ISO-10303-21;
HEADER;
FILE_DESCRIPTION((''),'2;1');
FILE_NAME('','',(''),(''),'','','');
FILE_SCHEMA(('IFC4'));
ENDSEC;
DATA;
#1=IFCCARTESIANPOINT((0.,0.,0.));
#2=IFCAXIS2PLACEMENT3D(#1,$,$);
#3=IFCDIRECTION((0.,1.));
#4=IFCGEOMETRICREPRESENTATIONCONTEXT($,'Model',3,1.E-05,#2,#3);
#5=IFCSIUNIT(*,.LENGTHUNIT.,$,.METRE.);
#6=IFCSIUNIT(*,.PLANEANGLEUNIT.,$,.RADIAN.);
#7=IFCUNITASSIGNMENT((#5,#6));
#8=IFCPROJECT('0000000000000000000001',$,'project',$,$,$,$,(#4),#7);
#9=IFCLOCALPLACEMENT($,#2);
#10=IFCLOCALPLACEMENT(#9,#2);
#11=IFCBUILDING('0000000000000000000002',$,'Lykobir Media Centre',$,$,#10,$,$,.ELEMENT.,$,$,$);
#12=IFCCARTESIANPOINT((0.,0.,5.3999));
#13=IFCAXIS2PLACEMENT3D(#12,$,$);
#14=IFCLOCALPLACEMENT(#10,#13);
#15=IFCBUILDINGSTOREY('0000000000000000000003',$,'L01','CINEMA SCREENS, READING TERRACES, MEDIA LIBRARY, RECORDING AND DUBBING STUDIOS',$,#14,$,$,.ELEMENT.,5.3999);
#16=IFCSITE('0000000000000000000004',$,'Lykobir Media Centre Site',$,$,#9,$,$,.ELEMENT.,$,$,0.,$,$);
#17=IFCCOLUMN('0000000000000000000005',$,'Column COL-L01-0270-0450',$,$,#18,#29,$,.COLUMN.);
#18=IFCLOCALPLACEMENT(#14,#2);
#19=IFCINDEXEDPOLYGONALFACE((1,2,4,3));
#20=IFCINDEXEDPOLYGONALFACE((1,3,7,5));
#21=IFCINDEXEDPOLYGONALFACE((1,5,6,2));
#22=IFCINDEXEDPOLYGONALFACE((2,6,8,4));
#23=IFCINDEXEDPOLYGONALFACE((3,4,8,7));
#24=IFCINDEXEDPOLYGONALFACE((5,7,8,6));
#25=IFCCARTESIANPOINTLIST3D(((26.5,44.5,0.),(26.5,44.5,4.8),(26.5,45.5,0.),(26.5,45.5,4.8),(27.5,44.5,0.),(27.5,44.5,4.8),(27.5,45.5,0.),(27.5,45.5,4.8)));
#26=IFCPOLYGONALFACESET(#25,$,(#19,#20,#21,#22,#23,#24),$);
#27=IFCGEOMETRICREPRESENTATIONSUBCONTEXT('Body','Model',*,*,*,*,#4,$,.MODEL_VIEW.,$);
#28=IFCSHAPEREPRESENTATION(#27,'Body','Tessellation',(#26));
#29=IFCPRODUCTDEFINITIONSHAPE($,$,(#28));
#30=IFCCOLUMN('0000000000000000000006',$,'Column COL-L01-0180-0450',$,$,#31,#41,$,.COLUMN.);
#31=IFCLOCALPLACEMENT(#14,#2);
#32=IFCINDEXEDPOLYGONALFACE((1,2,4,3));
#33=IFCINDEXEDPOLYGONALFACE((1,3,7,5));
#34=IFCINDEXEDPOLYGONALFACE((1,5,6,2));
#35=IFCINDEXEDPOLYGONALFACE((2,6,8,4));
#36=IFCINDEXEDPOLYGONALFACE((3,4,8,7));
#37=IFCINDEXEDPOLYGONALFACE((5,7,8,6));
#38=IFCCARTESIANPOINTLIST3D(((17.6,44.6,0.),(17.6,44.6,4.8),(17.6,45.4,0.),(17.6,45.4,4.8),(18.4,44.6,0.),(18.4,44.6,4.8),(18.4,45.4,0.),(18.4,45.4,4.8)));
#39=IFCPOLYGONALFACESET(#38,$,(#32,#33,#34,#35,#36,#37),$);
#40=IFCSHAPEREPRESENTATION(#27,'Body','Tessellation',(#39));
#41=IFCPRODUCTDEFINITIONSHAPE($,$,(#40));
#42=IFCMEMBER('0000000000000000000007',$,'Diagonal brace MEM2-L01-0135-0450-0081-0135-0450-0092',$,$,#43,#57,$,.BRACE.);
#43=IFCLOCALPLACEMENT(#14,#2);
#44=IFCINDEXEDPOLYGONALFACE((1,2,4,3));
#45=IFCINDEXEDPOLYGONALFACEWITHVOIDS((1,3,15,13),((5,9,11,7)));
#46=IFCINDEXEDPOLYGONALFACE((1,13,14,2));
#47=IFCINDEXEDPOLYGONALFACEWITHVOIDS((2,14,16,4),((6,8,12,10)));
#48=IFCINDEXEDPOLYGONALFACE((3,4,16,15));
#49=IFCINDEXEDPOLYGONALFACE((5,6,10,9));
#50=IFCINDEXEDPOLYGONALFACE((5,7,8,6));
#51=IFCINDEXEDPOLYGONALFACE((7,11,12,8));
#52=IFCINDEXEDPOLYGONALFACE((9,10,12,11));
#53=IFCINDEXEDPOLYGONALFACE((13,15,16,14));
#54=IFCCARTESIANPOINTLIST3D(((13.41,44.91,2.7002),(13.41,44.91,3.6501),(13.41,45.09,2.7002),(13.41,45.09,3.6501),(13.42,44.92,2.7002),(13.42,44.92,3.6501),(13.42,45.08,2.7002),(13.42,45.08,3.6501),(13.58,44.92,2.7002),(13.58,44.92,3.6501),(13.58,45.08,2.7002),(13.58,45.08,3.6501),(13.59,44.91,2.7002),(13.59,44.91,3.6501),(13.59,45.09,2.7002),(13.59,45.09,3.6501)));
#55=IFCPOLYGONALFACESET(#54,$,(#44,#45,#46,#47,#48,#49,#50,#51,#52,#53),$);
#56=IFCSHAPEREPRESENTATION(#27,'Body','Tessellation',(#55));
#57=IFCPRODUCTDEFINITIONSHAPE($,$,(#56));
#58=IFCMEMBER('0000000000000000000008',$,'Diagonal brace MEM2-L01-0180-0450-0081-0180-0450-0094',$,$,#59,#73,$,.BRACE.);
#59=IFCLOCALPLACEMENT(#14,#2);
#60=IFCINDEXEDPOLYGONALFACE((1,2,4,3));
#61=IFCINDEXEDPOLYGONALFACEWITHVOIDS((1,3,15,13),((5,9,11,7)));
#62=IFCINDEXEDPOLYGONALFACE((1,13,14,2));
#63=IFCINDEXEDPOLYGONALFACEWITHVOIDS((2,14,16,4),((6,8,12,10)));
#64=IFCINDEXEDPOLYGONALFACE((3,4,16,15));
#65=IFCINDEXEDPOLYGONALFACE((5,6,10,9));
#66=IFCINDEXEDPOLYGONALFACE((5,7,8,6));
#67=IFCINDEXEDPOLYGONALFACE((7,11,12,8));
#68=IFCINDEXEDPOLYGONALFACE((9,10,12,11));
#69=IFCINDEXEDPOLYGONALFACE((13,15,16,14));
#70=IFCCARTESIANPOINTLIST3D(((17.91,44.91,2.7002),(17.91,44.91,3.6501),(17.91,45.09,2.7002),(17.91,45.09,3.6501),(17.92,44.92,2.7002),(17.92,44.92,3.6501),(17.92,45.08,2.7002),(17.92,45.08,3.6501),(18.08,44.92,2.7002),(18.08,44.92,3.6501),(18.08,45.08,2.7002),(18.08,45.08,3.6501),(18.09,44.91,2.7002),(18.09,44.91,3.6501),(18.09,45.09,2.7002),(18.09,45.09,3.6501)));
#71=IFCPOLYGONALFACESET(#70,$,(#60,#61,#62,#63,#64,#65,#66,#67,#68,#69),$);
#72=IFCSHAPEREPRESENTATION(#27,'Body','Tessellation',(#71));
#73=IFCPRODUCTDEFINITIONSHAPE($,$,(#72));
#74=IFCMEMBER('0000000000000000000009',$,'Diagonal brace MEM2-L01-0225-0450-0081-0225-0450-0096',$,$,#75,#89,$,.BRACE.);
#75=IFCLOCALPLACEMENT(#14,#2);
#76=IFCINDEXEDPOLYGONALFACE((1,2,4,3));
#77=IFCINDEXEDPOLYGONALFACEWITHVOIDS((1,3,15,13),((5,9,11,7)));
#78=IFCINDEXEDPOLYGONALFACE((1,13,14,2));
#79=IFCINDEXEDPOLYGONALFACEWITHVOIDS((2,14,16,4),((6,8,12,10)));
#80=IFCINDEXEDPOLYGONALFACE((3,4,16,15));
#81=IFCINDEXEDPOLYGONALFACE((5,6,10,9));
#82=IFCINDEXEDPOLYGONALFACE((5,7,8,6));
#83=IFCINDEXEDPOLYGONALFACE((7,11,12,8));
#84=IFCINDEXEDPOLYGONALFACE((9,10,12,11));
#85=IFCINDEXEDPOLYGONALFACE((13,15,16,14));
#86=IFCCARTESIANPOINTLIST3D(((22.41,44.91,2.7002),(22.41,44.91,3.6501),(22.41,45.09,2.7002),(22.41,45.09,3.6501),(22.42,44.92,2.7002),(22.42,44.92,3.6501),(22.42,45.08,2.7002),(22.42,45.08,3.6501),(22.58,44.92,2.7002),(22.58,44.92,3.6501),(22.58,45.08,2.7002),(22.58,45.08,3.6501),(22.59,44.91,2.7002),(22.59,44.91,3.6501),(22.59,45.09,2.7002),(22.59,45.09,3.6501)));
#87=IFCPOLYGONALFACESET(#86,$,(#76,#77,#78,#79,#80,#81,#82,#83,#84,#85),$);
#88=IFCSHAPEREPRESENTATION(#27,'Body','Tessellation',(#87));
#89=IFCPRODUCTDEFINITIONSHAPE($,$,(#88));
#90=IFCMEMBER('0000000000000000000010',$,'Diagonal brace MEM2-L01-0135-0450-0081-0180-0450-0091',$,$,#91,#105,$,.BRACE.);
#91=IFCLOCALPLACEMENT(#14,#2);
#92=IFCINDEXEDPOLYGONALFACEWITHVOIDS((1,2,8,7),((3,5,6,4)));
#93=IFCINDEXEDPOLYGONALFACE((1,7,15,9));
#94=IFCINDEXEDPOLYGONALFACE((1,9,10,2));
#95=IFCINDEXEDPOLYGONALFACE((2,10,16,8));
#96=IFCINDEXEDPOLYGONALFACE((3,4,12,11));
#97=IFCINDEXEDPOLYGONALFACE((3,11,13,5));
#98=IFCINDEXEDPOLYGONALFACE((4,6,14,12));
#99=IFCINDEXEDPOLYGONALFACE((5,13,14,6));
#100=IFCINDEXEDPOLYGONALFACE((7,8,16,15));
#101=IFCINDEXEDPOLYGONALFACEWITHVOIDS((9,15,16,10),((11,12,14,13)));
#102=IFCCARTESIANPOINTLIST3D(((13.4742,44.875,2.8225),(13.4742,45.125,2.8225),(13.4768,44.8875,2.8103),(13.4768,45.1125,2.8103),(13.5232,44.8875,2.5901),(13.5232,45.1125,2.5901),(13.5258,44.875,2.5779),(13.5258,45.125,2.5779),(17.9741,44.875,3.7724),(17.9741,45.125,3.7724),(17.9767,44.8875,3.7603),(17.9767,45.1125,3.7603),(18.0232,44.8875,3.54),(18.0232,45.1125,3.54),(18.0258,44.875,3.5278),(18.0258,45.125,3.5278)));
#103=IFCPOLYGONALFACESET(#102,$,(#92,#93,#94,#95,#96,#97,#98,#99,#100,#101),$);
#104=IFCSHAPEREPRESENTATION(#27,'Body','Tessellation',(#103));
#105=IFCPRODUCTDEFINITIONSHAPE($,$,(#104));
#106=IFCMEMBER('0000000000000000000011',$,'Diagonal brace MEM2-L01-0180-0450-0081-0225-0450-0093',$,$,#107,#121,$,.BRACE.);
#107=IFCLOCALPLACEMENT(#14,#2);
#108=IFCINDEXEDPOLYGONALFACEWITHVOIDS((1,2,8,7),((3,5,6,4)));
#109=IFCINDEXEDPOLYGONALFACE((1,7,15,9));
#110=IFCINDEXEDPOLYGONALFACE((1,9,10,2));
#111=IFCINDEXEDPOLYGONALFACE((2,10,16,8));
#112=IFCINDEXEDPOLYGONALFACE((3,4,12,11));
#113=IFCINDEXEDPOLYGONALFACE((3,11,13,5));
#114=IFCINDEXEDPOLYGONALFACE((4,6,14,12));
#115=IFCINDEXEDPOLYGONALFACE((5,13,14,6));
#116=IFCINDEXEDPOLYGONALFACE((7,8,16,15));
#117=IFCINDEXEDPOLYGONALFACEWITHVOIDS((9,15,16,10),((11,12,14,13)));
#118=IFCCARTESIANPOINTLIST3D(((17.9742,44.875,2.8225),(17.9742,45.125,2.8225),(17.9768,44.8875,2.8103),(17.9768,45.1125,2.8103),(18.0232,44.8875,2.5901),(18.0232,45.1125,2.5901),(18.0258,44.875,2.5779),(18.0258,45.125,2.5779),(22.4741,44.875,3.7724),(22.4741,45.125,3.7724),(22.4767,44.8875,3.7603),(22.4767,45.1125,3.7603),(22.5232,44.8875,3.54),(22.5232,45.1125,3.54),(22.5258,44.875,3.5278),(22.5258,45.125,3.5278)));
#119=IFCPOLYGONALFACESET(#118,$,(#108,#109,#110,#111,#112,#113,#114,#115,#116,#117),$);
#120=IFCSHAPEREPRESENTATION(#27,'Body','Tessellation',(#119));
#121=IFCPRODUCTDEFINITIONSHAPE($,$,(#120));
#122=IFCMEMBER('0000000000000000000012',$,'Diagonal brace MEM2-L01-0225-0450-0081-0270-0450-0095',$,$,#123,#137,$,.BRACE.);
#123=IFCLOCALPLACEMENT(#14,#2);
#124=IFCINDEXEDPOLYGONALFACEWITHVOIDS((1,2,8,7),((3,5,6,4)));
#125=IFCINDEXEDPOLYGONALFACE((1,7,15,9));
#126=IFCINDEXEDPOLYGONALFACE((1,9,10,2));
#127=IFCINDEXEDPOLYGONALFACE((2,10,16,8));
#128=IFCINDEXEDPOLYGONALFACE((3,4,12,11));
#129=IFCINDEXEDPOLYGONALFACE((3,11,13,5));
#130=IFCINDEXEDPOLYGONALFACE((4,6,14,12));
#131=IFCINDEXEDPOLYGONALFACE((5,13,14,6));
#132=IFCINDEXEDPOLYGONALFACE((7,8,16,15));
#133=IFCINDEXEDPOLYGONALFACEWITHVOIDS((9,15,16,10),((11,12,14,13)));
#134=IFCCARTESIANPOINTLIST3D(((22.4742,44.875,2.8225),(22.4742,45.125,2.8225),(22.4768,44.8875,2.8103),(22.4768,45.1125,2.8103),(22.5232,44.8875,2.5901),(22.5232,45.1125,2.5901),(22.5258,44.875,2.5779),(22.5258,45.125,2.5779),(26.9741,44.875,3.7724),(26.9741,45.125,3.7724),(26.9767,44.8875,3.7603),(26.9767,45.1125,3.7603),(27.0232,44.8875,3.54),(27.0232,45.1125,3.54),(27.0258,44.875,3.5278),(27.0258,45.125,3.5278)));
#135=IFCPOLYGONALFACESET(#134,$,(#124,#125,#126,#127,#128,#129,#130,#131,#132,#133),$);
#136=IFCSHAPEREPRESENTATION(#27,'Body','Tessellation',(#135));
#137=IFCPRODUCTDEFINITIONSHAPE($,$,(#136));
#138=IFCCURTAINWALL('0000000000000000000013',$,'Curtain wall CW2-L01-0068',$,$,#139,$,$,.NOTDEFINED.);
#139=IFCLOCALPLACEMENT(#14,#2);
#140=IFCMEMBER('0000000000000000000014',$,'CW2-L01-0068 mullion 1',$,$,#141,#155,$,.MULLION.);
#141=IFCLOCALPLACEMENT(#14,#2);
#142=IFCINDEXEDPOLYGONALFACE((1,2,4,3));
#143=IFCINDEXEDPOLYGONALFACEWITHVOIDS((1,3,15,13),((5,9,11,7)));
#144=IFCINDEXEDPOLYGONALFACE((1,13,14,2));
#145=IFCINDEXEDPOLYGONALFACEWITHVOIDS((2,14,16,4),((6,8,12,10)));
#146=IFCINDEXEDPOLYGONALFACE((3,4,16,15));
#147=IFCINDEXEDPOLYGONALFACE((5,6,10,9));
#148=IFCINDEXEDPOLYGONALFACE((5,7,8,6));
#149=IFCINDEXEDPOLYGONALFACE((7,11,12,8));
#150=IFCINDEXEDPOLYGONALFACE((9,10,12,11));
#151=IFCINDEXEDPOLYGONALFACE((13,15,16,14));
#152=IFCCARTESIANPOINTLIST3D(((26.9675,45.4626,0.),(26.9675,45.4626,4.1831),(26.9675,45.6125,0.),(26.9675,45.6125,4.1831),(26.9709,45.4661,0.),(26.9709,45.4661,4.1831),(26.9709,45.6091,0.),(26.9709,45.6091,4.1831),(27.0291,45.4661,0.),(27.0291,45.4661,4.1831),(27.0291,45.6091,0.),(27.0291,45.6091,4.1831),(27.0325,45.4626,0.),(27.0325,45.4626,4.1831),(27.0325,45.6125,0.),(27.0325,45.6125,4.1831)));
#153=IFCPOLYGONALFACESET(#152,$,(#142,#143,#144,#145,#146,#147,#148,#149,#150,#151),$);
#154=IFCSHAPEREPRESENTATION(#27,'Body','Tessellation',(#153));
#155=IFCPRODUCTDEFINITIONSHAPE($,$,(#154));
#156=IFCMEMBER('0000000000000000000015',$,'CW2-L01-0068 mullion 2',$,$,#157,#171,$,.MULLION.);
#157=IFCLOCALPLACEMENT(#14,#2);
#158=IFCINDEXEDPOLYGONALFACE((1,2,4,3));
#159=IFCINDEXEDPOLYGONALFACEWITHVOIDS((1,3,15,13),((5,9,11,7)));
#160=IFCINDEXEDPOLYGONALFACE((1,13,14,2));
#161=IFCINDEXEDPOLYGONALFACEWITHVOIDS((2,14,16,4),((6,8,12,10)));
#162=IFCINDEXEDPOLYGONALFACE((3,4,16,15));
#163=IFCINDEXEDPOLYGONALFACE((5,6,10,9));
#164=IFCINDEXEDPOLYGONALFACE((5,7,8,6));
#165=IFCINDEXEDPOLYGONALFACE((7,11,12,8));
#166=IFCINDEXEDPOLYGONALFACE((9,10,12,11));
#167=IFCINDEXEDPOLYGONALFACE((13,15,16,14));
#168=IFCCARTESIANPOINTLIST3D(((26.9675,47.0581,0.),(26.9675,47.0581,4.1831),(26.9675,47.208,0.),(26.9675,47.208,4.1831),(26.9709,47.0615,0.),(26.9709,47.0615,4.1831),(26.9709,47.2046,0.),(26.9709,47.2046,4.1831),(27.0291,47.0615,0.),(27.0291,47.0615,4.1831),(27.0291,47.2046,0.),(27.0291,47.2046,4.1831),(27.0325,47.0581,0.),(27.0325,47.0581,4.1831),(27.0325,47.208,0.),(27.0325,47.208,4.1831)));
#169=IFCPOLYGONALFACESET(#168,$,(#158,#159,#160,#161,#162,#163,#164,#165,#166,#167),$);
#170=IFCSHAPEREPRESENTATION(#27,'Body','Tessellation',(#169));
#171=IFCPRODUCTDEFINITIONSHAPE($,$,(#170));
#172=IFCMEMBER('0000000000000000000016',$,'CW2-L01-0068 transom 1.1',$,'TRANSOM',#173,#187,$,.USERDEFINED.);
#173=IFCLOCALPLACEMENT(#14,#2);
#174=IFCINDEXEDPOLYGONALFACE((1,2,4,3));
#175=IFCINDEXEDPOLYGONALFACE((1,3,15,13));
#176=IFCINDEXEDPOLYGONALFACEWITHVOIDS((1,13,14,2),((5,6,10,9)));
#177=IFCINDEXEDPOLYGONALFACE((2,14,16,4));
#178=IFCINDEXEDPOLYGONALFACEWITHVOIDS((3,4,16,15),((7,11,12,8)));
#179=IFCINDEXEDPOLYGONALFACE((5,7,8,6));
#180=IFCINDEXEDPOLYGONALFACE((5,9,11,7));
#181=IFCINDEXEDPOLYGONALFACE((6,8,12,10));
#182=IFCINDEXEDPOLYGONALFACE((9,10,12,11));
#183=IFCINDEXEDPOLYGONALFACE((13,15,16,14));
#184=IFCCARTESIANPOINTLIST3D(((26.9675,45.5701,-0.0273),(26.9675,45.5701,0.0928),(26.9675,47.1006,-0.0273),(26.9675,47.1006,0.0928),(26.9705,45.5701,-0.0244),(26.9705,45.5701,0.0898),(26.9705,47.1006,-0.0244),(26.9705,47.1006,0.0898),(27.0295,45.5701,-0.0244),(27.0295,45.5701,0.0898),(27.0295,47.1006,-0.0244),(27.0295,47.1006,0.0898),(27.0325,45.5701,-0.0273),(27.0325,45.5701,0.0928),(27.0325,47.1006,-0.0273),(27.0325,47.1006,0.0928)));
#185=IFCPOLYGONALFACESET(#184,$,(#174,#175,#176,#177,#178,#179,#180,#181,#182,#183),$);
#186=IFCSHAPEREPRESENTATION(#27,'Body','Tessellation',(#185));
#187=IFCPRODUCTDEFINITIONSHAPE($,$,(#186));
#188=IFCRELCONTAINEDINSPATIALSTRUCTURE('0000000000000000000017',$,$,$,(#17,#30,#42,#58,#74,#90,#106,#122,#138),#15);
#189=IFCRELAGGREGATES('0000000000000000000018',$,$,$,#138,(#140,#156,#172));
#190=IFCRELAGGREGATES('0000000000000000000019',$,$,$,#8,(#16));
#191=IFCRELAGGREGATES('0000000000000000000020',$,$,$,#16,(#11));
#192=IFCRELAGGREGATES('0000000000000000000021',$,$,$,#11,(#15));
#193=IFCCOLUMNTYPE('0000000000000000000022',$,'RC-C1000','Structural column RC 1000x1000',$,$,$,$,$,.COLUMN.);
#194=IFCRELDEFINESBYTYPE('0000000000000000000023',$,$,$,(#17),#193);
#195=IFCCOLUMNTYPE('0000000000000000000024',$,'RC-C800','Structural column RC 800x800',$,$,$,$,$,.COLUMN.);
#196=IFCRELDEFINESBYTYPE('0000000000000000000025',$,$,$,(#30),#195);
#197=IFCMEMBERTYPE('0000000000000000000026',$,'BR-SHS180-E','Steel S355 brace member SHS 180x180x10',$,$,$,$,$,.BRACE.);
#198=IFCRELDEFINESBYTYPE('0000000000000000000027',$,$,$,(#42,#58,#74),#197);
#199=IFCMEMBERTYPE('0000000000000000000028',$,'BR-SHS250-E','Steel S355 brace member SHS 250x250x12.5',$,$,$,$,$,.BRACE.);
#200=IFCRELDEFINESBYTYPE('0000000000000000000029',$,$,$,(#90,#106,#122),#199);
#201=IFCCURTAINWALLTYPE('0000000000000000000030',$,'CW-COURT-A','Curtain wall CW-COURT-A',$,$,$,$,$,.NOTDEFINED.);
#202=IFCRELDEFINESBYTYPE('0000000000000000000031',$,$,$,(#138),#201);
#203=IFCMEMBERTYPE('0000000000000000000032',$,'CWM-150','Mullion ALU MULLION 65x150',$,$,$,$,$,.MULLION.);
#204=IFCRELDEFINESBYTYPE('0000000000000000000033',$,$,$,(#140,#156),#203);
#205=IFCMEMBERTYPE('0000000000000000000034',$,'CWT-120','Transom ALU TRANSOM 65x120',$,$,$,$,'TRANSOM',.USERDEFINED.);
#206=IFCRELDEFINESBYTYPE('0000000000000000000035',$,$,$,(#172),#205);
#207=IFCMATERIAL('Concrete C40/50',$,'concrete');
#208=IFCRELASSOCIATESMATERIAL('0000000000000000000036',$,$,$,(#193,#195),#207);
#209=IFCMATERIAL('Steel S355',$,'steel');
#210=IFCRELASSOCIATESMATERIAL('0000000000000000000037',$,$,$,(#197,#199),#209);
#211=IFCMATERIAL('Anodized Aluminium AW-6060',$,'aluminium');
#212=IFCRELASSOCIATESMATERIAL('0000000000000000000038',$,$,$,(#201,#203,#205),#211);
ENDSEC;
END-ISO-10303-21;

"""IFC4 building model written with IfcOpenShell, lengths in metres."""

from ifc_helpers import new_model, si_unit, direction, frame, origin, origin_2d, place, context, subcontext, project, spatial, rectangle, hollow_rectangle, extrude, material, material_profile, profile_set, type_object, element, aggregate, save


model = new_model("IFC4")

# Units and contexts
model_context = context("Model", 3, precision=1e-05, world=origin(), true_north=direction((0.0, 1.0)))
body_context = subcontext(model_context, "Body", "Model", "MODEL_VIEW")
ifc_project = project(units=[si_unit("LENGTHUNIT", "METRE"), si_unit("PLANEANGLEUNIT", "RADIAN")], contexts=[model_context])

# Site, building, storey
site_placement = place(None, origin())
site = spatial("IfcSite", under=ifc_project, at=site_placement, Name="Lykobir Media Centre Site", CompositionType="ELEMENT", RefElevation=0.0)
building_placement = place(site_placement, origin())
building = spatial("IfcBuilding", under=site, at=building_placement, Name="Lykobir Media Centre", CompositionType="ELEMENT")
storey_placement = place(building_placement, frame((0.0, 0.0, 5.3999)))
storey = spatial("IfcBuildingStorey", under=building, at=storey_placement, Name="L01", Description="CINEMA SCREENS, READING TERRACES, MEDIA LIBRARY, RECORDING AND DUBBING STUDIOS", CompositionType="ELEMENT", Elevation=5.3999)

# Columns
ifc_material_1 = material(Name="Concrete C40/50", Category="concrete")
ifc_material_profile_1 = material_profile(ifc_material_1, rectangle(XDim=1.0, YDim=1.0, at=origin_2d()), Name="RC 1000x1000")
ifc_profile_set_1 = profile_set([ifc_material_profile_1], Name="Concrete C40/50")
column_type_1 = type_object("IfcColumnType", Name="RC-C1000", Description="Structural column RC 1000x1000", PredefinedType="COLUMN", material=ifc_profile_set_1)
column_1_placement = place(storey_placement, frame((27.0, 45.0, 0.0), z_axis=(0.0, 0.0, 1.0), x_axis=(1.0, 0.0, 0.0)))
element("IfcColumn", 1, at=column_1_placement, inside=storey, type_object=column_type_1, Name="Column COL-L01-0270-0450", PredefinedType="COLUMN", context=body_context, shape_type="SweptSolid", body=[
    extrude(rectangle(XDim=1.0, YDim=1.0, at=origin_2d()), origin(), (0.0, 0.0, 1.0), 4.8),
])
ifc_material_profile_2 = material_profile(ifc_material_1, rectangle(XDim=0.8, YDim=0.8, at=origin_2d()), Name="RC 800x800")
ifc_profile_set_2 = profile_set([ifc_material_profile_2], Name="Concrete C40/50")
column_type_2 = type_object("IfcColumnType", Name="RC-C800", Description="Structural column RC 800x800", PredefinedType="COLUMN", material=ifc_profile_set_2)
column_2_placement = place(storey_placement, frame((18.0, 45.0, 0.0), z_axis=(0.0, 0.0, 1.0), x_axis=(1.0, 0.0, 0.0)))
element("IfcColumn", 2, at=column_2_placement, inside=storey, type_object=column_type_2, Name="Column COL-L01-0180-0450", PredefinedType="COLUMN", context=body_context, shape_type="SweptSolid", body=[
    extrude(rectangle(XDim=0.8, YDim=0.8, at=origin_2d()), origin(), (0.0, 0.0, 1.0), 4.8),
])

# Members
ifc_material_2 = material(Name="Steel S355", Category="steel")
ifc_material_profile_3 = material_profile(ifc_material_2, hollow_rectangle(XDim=0.1799, YDim=0.1799, WallThickness=0.01, at=origin_2d()), Name="SHS 180x180x10")
ifc_profile_set_3 = profile_set([ifc_material_profile_3], Name="Steel S355")
member_type_1 = type_object("IfcMemberType", Name="BR-SHS180-E", Description="Steel S355 brace member SHS 180x180x10", PredefinedType="BRACE", material=ifc_profile_set_3)
for number, where, z_axis, x_axis, name in (
    (3, (13.5, 45.0, 2.7002), (0.0, 0.0, 1.0), (1.0, 0.0, 0.0), "Diagonal brace MEM2-L01-0135-0450-0081-0135-0450-0092"),
    (4, (18.0, 45.0, 2.7002), (0.0, 0.0, 1.0), (1.0, 0.0, 0.0), "Diagonal brace MEM2-L01-0180-0450-0081-0180-0450-0094"),
    (5, (22.5, 45.0, 2.7002), (0.0, 0.0, 1.0), (1.0, 0.0, 0.0), "Diagonal brace MEM2-L01-0225-0450-0081-0225-0450-0096"),
):
    element("IfcMember", number, at=place(storey_placement, frame(where, z_axis=z_axis, x_axis=x_axis)), inside=storey, type_object=member_type_1, Name=name, PredefinedType="BRACE", context=body_context, shape_type="SweptSolid", body=[
        extrude(hollow_rectangle(XDim=0.1799, YDim=0.1799, WallThickness=0.01, at=origin_2d()), origin(), (0.0, 0.0, 1.0), 0.95),
    ])
ifc_material_profile_4 = material_profile(ifc_material_2, hollow_rectangle(XDim=0.25, YDim=0.25, WallThickness=0.0125, at=origin_2d()), Name="SHS 250x250x12.5")
ifc_profile_set_4 = profile_set([ifc_material_profile_4], Name="Steel S355")
member_type_2 = type_object("IfcMemberType", Name="BR-SHS250-E", Description="Steel S355 brace member SHS 250x250x12.5", PredefinedType="BRACE", material=ifc_profile_set_4)
for number, where, z_axis, x_axis, name in (
    (6, (13.5, 45.0, 2.7002), (0.978436, 0.0, 0.206548), (0.0, 1.0, 0.0), "Diagonal brace MEM2-L01-0135-0450-0081-0180-0450-0091"),
    (7, (18.0, 45.0, 2.7002), (0.978436, 0.0, 0.206548), (0.0, 1.0, 0.0), "Diagonal brace MEM2-L01-0180-0450-0081-0225-0450-0093"),
    (8, (22.5, 45.0, 2.7002), (0.978436, 0.0, 0.206548), (0.0, 1.0, 0.0), "Diagonal brace MEM2-L01-0225-0450-0081-0270-0450-0095"),
):
    element("IfcMember", number, at=place(storey_placement, frame(where, z_axis=z_axis, x_axis=x_axis)), inside=storey, type_object=member_type_2, Name=name, PredefinedType="BRACE", context=body_context, shape_type="SweptSolid", body=[
        extrude(hollow_rectangle(XDim=0.25, YDim=0.25, WallThickness=0.0125, at=origin_2d()), origin(), (0.0, 0.0, 1.0), 4.5991),
    ])

# Curtain wall, members
ifc_material_3 = material(Name="Anodized Aluminium AW-6060", Category="aluminium")
curtain_wall_type = type_object("IfcCurtainWallType", Name="CW-COURT-A", Description="Curtain wall CW-COURT-A", PredefinedType="NOTDEFINED", material=ifc_material_3)
curtain_wall_placement = place(storey_placement, origin())
curtain_wall = element("IfcCurtainWall", 9, at=curtain_wall_placement, inside=storey, type_object=curtain_wall_type, Name="Curtain wall CW2-L01-0068", PredefinedType="NOTDEFINED")
ifc_material_profile_5 = material_profile(ifc_material_3, hollow_rectangle(XDim=0.0649, YDim=0.1499, WallThickness=0.0034, at=origin_2d()), Name="ALU MULLION 65x150")
ifc_profile_set_5 = profile_set([ifc_material_profile_5], Name="Anodized Aluminium AW-6060")
member_type_3 = type_object("IfcMemberType", Name="CWM-150", Description="Mullion ALU MULLION 65x150", PredefinedType="MULLION", material=ifc_profile_set_5)
member_1_placement = place(storey_placement, frame((27.0, 45.5376, 0.0), z_axis=(0.0, 0.0, 1.0), x_axis=(-1.0, 0.0, 0.0)))
member_1 = element("IfcMember", 10, at=member_1_placement, type_object=member_type_3, Name="CW2-L01-0068 mullion 1", PredefinedType="MULLION", context=body_context, shape_type="SweptSolid", body=[
    extrude(hollow_rectangle(XDim=0.0649, YDim=0.1499, WallThickness=0.0034, at=origin_2d()), origin(), (0.0, 0.0, 1.0), 4.1831),
])
member_2_placement = place(storey_placement, frame((27.0, 47.1331, 0.0), z_axis=(0.0, 0.0, 1.0), x_axis=(-1.0, 0.0, 0.0)))
member_2 = element("IfcMember", 11, at=member_2_placement, type_object=member_type_3, Name="CW2-L01-0068 mullion 2", PredefinedType="MULLION", context=body_context, shape_type="SweptSolid", body=[
    extrude(hollow_rectangle(XDim=0.0649, YDim=0.1499, WallThickness=0.0034, at=origin_2d()), origin(), (0.0, 0.0, 1.0), 4.1831),
])
ifc_material_profile_6 = material_profile(ifc_material_3, hollow_rectangle(XDim=0.0649, YDim=0.1201, WallThickness=0.0029, at=origin_2d()), Name="ALU TRANSOM 65x120")
ifc_profile_set_6 = profile_set([ifc_material_profile_6], Name="Anodized Aluminium AW-6060")
member_type_4 = type_object("IfcMemberType", Name="CWT-120", Description="Transom ALU TRANSOM 65x120", ElementType="TRANSOM", PredefinedType="USERDEFINED", material=ifc_profile_set_6)
member_3_placement = place(storey_placement, frame((27.0, 45.5701, 0.0327), z_axis=(0.0, 1.0, 0.0), x_axis=(-1.0, 0.0, 0.0)))
member_3 = element("IfcMember", 12, at=member_3_placement, type_object=member_type_4, Name="CW2-L01-0068 transom 1.1", ObjectType="TRANSOM", PredefinedType="USERDEFINED", context=body_context, shape_type="SweptSolid", body=[
    extrude(hollow_rectangle(XDim=0.0649, YDim=0.1201, WallThickness=0.0029, at=origin_2d()), origin(), (0.0, 0.0, 1.0), 1.5305),
])

aggregate(curtain_wall, [member_1, member_2, member_3])

save(model, "model.ifc")
